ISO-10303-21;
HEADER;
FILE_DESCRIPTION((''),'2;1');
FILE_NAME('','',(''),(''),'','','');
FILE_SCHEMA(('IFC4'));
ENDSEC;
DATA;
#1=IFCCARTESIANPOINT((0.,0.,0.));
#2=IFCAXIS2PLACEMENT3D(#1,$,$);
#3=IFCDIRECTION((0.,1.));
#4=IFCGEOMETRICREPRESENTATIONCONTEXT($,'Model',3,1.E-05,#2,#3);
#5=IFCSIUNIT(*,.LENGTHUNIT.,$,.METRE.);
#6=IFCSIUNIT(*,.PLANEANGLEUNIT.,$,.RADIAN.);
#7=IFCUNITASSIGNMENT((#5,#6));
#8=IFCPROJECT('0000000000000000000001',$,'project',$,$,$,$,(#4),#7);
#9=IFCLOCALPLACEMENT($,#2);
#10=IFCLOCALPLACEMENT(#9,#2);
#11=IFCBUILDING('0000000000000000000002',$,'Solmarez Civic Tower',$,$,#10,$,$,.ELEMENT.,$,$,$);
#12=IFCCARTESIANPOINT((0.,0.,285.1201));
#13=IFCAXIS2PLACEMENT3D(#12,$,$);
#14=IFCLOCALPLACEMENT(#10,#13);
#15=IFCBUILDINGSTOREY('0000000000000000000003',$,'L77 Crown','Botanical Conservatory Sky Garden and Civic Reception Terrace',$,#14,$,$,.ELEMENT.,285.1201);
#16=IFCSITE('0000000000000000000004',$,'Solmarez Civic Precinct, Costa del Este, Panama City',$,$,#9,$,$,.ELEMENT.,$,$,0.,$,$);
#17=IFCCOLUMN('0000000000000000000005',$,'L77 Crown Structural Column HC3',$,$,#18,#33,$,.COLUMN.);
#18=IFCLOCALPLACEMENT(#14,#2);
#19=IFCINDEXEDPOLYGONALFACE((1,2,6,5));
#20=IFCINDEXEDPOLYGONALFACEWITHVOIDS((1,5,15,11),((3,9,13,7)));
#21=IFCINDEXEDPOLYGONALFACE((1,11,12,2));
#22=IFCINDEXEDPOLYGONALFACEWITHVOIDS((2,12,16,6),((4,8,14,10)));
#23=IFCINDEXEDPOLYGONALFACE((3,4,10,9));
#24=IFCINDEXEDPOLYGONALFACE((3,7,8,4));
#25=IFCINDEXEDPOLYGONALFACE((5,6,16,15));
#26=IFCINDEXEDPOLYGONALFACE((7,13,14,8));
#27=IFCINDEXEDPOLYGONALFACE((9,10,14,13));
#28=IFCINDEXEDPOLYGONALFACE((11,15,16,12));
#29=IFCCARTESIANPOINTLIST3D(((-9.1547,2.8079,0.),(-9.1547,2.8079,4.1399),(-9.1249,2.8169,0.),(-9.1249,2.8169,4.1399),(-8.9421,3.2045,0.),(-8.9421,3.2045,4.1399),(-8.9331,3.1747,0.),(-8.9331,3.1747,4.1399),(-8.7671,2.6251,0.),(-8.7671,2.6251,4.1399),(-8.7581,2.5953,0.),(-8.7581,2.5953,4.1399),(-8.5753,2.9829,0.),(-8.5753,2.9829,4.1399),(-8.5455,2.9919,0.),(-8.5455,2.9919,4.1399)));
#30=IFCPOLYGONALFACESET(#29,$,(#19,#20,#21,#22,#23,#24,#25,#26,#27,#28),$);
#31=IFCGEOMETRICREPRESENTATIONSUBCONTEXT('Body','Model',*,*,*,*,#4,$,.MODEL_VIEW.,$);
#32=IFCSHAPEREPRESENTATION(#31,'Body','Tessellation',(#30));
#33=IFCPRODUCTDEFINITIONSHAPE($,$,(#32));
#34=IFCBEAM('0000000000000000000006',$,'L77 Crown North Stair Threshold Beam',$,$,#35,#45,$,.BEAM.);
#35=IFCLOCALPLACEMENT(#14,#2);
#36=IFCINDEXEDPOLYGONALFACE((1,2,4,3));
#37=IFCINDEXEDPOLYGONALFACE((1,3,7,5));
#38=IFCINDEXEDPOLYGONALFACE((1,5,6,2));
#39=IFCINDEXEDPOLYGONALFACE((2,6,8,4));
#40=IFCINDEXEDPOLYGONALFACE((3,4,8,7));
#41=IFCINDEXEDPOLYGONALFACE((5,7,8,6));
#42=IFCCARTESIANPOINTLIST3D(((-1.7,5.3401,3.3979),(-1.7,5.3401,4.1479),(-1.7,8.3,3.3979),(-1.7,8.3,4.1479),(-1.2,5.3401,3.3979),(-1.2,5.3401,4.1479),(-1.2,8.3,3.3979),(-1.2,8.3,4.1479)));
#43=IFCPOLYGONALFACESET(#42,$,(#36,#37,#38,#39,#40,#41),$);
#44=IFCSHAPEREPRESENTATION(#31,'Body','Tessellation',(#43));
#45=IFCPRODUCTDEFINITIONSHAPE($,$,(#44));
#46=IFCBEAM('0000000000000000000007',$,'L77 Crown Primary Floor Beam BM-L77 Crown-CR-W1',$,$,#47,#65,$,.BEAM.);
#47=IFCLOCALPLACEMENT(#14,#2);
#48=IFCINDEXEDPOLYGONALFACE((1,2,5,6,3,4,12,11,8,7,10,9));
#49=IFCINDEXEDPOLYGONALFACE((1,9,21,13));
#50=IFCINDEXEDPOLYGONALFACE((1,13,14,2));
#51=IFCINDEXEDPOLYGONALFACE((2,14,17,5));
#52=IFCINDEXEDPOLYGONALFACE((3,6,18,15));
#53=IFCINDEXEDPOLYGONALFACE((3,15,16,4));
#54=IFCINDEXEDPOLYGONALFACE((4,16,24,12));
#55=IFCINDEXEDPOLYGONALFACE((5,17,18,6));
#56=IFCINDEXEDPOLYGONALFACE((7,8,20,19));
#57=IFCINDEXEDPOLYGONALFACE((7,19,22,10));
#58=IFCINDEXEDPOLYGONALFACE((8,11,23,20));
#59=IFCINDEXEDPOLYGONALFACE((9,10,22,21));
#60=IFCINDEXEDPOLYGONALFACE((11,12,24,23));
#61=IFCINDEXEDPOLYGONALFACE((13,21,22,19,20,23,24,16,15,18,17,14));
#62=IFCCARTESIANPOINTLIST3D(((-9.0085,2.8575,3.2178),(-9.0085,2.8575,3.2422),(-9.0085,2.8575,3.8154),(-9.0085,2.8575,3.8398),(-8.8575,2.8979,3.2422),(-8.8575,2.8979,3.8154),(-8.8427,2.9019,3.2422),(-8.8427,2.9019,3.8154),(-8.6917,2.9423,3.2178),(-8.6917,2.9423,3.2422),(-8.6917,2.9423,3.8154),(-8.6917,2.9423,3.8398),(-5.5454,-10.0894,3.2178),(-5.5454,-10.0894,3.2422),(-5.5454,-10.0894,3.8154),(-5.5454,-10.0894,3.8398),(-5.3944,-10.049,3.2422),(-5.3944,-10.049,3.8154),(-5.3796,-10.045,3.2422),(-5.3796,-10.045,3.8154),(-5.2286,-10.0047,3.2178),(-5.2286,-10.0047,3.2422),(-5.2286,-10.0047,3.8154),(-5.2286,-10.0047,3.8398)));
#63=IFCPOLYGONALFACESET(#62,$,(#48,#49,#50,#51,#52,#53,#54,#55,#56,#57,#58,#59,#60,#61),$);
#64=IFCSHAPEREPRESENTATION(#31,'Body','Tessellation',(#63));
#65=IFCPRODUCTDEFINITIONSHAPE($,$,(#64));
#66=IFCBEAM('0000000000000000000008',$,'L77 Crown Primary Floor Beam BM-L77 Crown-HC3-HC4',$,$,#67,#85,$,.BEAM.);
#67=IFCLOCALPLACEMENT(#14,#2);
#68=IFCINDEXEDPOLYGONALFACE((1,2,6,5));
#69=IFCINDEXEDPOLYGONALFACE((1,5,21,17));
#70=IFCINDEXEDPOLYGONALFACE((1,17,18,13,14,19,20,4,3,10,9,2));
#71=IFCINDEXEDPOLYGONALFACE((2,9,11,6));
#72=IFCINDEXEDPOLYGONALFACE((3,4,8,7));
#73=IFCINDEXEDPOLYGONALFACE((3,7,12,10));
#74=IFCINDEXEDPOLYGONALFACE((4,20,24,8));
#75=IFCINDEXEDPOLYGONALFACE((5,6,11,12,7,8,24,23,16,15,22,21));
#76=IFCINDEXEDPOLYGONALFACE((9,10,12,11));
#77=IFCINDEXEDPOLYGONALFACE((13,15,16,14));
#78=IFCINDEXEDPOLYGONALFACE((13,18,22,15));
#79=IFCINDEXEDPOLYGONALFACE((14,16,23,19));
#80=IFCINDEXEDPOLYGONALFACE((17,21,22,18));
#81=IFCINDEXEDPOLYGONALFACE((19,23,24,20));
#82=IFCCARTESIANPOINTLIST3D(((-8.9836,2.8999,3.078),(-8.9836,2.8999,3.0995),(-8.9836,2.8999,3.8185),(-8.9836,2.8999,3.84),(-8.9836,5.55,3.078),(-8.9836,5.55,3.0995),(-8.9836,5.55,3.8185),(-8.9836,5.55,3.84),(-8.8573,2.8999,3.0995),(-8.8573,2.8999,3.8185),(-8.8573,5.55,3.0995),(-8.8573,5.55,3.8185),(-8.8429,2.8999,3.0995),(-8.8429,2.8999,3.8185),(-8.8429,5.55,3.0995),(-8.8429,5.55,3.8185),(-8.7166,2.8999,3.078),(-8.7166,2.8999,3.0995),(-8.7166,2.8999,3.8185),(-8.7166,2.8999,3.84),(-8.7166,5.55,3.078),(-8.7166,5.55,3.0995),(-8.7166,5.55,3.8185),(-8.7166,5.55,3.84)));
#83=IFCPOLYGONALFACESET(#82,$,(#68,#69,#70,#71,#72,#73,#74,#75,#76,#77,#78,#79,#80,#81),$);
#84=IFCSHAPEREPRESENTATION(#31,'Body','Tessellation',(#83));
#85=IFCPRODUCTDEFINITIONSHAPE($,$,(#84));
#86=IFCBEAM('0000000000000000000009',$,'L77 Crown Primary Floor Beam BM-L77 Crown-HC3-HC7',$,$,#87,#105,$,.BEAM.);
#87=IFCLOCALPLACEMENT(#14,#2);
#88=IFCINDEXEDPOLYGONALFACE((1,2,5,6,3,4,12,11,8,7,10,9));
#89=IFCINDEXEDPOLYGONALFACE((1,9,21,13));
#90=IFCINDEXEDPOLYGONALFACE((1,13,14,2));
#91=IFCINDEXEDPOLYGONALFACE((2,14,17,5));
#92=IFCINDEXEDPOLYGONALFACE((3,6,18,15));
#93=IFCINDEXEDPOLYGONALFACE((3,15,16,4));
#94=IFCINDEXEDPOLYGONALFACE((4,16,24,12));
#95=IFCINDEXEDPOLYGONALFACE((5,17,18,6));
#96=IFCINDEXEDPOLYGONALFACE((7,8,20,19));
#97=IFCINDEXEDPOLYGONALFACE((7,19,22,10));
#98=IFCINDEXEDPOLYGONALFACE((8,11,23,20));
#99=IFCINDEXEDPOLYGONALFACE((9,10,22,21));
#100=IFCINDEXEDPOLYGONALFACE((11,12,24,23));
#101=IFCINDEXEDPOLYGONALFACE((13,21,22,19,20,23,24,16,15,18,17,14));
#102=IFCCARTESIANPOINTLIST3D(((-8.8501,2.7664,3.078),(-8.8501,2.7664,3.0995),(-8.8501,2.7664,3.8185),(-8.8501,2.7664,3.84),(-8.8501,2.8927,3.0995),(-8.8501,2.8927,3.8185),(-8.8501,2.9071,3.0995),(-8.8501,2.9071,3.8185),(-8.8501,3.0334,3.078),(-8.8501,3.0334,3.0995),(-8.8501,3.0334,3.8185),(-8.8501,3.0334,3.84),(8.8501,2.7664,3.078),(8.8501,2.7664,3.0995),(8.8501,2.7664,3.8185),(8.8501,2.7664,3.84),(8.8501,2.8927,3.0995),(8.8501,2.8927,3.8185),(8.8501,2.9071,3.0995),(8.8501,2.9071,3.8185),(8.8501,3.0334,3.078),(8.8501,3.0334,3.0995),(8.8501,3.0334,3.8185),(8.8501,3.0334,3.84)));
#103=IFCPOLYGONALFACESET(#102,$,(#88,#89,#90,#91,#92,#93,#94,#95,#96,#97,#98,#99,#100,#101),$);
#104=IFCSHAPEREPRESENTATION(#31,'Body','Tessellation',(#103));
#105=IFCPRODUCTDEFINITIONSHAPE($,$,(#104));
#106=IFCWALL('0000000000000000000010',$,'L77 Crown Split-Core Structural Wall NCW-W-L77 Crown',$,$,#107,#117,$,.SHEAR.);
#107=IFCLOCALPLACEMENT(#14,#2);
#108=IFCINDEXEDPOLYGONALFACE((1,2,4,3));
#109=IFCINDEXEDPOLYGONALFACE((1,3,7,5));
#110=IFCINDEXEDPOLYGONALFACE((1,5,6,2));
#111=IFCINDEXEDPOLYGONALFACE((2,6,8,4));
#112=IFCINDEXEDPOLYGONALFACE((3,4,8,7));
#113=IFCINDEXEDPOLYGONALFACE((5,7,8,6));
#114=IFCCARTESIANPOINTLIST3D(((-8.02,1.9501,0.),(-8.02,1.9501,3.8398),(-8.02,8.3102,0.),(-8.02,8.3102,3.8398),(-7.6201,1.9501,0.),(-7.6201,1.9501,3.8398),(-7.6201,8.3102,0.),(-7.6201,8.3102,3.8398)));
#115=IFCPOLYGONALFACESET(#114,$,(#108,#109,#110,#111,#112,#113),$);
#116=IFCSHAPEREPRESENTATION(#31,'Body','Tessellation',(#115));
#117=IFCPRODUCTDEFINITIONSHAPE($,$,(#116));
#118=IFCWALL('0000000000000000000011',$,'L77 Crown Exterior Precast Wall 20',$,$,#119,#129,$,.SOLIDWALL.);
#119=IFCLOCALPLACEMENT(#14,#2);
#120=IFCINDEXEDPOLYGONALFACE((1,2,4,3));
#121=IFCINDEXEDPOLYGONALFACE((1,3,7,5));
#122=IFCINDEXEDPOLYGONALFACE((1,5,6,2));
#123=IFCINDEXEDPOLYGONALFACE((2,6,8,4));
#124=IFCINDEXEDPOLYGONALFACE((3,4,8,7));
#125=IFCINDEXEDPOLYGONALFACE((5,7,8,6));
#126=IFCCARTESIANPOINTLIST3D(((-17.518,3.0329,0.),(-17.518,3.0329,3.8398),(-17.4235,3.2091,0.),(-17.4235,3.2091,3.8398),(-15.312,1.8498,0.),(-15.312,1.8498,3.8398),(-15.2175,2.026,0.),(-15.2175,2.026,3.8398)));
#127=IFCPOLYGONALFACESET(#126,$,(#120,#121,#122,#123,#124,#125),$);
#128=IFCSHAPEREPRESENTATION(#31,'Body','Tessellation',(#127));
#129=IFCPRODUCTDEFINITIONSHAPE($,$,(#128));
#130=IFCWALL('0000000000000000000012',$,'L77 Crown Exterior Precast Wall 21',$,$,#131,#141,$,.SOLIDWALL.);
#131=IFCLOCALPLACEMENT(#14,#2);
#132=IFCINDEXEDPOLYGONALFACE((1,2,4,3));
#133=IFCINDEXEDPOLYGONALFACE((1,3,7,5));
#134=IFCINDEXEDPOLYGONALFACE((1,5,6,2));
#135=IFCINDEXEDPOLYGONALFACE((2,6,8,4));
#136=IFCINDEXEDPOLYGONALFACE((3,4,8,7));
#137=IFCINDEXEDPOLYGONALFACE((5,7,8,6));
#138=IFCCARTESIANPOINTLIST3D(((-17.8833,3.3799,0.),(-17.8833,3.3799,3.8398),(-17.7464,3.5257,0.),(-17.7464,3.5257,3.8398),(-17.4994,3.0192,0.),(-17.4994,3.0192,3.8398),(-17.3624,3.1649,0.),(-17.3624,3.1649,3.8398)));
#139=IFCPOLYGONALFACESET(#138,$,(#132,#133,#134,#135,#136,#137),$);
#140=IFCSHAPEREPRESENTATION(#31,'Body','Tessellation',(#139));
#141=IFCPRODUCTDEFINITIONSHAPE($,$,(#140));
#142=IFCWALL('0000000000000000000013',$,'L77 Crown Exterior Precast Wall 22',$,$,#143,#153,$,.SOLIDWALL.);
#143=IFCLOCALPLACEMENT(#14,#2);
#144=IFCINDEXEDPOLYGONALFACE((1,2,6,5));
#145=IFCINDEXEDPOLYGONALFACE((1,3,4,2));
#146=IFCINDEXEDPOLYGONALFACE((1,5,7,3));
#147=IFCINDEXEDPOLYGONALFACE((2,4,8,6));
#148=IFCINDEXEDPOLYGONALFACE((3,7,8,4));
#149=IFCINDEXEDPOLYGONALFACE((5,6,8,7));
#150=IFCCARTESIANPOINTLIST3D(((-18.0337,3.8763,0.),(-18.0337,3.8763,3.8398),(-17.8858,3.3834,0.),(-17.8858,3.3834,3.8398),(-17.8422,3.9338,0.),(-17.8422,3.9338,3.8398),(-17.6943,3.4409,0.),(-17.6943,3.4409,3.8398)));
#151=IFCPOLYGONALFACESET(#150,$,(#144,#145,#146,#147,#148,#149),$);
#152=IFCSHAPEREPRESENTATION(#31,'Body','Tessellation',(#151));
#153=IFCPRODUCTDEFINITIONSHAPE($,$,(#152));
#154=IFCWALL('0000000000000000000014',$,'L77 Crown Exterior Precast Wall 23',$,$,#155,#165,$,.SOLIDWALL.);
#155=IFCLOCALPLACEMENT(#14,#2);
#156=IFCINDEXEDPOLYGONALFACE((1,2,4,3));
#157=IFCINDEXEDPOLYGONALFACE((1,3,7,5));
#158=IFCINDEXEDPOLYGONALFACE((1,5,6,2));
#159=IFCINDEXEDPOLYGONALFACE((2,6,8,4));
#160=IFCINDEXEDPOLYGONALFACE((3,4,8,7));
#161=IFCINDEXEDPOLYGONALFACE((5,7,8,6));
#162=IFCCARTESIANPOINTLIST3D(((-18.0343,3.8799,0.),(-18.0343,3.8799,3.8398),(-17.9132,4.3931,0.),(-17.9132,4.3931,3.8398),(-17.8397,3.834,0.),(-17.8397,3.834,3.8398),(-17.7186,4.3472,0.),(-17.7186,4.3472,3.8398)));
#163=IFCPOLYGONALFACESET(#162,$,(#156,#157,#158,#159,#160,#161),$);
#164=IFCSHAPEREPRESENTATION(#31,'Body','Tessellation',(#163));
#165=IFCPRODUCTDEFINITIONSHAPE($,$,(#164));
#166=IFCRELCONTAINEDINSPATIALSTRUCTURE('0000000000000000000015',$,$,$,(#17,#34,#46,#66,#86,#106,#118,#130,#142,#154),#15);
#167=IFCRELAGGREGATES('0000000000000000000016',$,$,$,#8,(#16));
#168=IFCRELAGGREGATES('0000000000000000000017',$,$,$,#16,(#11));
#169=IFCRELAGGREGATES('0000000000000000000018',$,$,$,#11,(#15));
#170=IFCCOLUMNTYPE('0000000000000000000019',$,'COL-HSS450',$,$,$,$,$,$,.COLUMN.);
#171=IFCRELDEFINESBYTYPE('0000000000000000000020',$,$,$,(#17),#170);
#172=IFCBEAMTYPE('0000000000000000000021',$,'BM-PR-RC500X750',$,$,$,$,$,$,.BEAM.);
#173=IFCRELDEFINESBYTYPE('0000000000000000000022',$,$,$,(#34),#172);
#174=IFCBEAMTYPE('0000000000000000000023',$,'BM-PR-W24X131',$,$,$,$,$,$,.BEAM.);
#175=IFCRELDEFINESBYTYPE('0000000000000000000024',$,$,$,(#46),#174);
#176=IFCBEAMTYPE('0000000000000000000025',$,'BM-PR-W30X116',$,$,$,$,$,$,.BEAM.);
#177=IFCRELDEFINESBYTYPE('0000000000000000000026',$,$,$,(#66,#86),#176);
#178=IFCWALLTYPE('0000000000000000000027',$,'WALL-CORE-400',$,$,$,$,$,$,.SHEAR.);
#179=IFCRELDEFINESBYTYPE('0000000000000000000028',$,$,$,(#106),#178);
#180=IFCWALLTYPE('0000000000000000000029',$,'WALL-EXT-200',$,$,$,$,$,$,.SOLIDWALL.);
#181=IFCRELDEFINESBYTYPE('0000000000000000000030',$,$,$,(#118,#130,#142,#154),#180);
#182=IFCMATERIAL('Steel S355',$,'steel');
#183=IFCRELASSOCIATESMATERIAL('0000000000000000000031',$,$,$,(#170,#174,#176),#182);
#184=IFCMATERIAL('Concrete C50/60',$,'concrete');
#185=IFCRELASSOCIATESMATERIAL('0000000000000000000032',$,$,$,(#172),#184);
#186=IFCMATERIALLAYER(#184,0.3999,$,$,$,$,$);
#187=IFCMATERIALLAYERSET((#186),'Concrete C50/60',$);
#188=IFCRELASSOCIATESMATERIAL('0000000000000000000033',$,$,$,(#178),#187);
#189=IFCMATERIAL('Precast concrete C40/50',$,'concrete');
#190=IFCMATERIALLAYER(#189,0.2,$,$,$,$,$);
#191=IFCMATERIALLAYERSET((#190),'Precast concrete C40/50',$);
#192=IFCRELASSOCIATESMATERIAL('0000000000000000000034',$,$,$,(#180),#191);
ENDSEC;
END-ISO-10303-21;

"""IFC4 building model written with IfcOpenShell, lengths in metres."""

from ifc_helpers import new_model, si_unit, direction, frame, frame_2d, origin, origin_2d, place, context, subcontext, project, spatial, rectangle, hollow_rectangle, i_section, extrude, material, layer, layer_set, material_profile, profile_set, type_object, element, save


model = new_model("IFC4")

# Units and contexts
model_context = context("Model", 3, precision=1e-05, world=origin(), true_north=direction((0.0, 1.0)))
body_context = subcontext(model_context, "Body", "Model", "MODEL_VIEW")
ifc_project = project(units=[si_unit("LENGTHUNIT", "METRE"), si_unit("PLANEANGLEUNIT", "RADIAN")], contexts=[model_context])

# Site, building, storey
site_placement = place(None, origin())
site = spatial("IfcSite", under=ifc_project, at=site_placement, Name="Solmarez Civic Precinct, Costa del Este, Panama City", CompositionType="ELEMENT", RefElevation=0.0)
building_placement = place(site_placement, origin())
building = spatial("IfcBuilding", under=site, at=building_placement, Name="Solmarez Civic Tower", CompositionType="ELEMENT")
storey_placement = place(building_placement, frame((0.0, 0.0, 285.1201)))
storey = spatial("IfcBuildingStorey", under=building, at=storey_placement, Name="L77 Crown", Description="Botanical Conservatory Sky Garden and Civic Reception Terrace", CompositionType="ELEMENT", Elevation=285.1201)

# Column
ifc_material_1 = material(Name="Steel S355", Category="steel")
ifc_material_profile_1 = material_profile(ifc_material_1, hollow_rectangle(XDim=0.45, YDim=0.45, WallThickness=0.022, at=origin_2d()), Name="HSS450X450X22")
ifc_profile_set_1 = profile_set([ifc_material_profile_1], Name="Steel S355")
column_type = type_object("IfcColumnType", Name="COL-HSS450", PredefinedType="COLUMN", material=ifc_profile_set_1)
column_placement = place(storey_placement, frame((-8.8501, 2.8999, 0.0), z_axis=(0.0, 0.0, 1.0), x_axis=(0.472551, 0.881303, 0.0)))
element("IfcColumn", 1, at=column_placement, inside=storey, type_object=column_type, Name="L77 Crown Structural Column HC3", PredefinedType="COLUMN", context=body_context, shape_type="SweptSolid", body=[
    extrude(hollow_rectangle(XDim=0.45, YDim=0.45, WallThickness=0.022, at=origin_2d()), origin(), (0.0, 0.0, 1.0), 4.1399),
])

# Beams
ifc_material_2 = material(Name="Concrete C50/60", Category="concrete")
ifc_material_profile_2 = material_profile(ifc_material_2, rectangle(XDim=0.5, YDim=0.75, at=origin_2d()), Name="RC500X750")
ifc_profile_set_2 = profile_set([ifc_material_profile_2], Name="Concrete C50/60")
beam_type_1 = type_object("IfcBeamType", Name="BM-PR-RC500X750", PredefinedType="BEAM", material=ifc_profile_set_2)
beam_1_placement = place(storey_placement, frame((-1.45, 5.3401, 3.7729), z_axis=(0.0, 1.0, 0.0), x_axis=(-1.0, 0.0, 0.0)))
element("IfcBeam", 2, at=beam_1_placement, inside=storey, type_object=beam_type_1, Name="L77 Crown North Stair Threshold Beam", PredefinedType="BEAM", context=body_context, shape_type="SweptSolid", body=[
    extrude(rectangle(XDim=0.5, YDim=0.75, at=origin_2d()), origin(), (0.0, 0.0, 1.0), 2.96),
])
ifc_material_profile_3 = material_profile(ifc_material_1, i_section(OverallWidth=0.3279, OverallDepth=0.6221, WebThickness=0.0154, FlangeThickness=0.0244, at=origin_2d()), Name="W24X131")
ifc_profile_set_3 = profile_set([ifc_material_profile_3], Name="Steel S355")
beam_type_2 = type_object("IfcBeamType", Name="BM-PR-W24X131", PredefinedType="BEAM", material=ifc_profile_set_3)
beam_2_placement = place(storey_placement, frame((-8.8501, 2.8999, 3.5288), z_axis=(0.258401, -0.966038, 0.0), x_axis=(0.966038, 0.258401, 0.0)))
element("IfcBeam", 3, at=beam_2_placement, inside=storey, type_object=beam_type_2, Name="L77 Crown Primary Floor Beam BM-L77 Crown-CR-W1", PredefinedType="BEAM", context=body_context, shape_type="SweptSolid", body=[
    extrude(i_section(OverallWidth=0.3279, OverallDepth=0.6221, WebThickness=0.0154, FlangeThickness=0.0244, at=origin_2d()), origin(), (0.0, 0.0, 1.0), 13.4021),
])
ifc_material_profile_4 = material_profile(ifc_material_1, i_section(OverallWidth=0.2671, OverallDepth=0.762, WebThickness=0.0144, FlangeThickness=0.0215, at=origin_2d()), Name="W30X116")
ifc_profile_set_4 = profile_set([ifc_material_profile_4], Name="Steel S355")
beam_type_3 = type_object("IfcBeamType", Name="BM-PR-W30X116", PredefinedType="BEAM", material=ifc_profile_set_4)
beam_3_placement = place(storey_placement, frame((-8.8501, 2.8999, 3.459), z_axis=(0.0, 1.0, 0.0), x_axis=(-1.0, 0.0, 0.0)))
element("IfcBeam", 4, at=beam_3_placement, inside=storey, type_object=beam_type_3, Name="L77 Crown Primary Floor Beam BM-L77 Crown-HC3-HC4", PredefinedType="BEAM", context=body_context, shape_type="SweptSolid", body=[
    extrude(i_section(OverallWidth=0.2671, OverallDepth=0.762, WebThickness=0.0144, FlangeThickness=0.0215, at=origin_2d()), origin(), (0.0, 0.0, 1.0), 2.6501),
])
beam_4_placement = place(storey_placement, frame((-8.8501, 2.8999, 3.459), z_axis=(1.0, 0.0, 0.0), x_axis=(0.0, 1.0, 0.0)))
element("IfcBeam", 5, at=beam_4_placement, inside=storey, type_object=beam_type_3, Name="L77 Crown Primary Floor Beam BM-L77 Crown-HC3-HC7", PredefinedType="BEAM", context=body_context, shape_type="SweptSolid", body=[
    extrude(i_section(OverallWidth=0.2671, OverallDepth=0.762, WebThickness=0.0144, FlangeThickness=0.0215, at=origin_2d()), origin(), (0.0, 0.0, 1.0), 17.7002),
])

# Walls
ifc_layer_1 = layer(ifc_material_2, 0.3999)
ifc_layer_set_1 = layer_set([ifc_layer_1], Name="Concrete C50/60")
wall_type_1 = type_object("IfcWallType", Name="WALL-CORE-400", PredefinedType="SHEAR", material=ifc_layer_set_1)
wall_1_placement = place(storey_placement, frame((-7.8201, 1.95, 0.0), z_axis=(0.0, 0.0, 1.0), x_axis=(0.0, 1.0, 0.0)))
element("IfcWall", 6, at=wall_1_placement, inside=storey, type_object=wall_type_1, Name="L77 Crown Split-Core Structural Wall NCW-W-L77 Crown", PredefinedType="SHEAR", context=body_context, shape_type="SweptSolid", body=[
    extrude(rectangle(XDim=6.3601, YDim=0.3999, at=frame_2d((3.1802, 0.0))), origin(), (0.0, 0.0, 1.0), 3.8398),
])
ifc_material_3 = material(Name="Precast concrete C40/50", Category="concrete")
ifc_layer_2 = layer(ifc_material_3, 0.2)
ifc_layer_set_2 = layer_set([ifc_layer_2], Name="Precast concrete C40/50")
wall_type_2 = type_object("IfcWallType", Name="WALL-EXT-200", PredefinedType="SOLIDWALL", material=ifc_layer_set_2)
wall_2_placement = place(storey_placement, frame((-15.2649, 1.938, 0.0), z_axis=(0.0, 0.0, 1.0), x_axis=(-0.881265, 0.472622, 0.0)))
element("IfcWall", 7, at=wall_2_placement, inside=storey, type_object=wall_type_2, Name="L77 Crown Exterior Precast Wall 20", PredefinedType="SOLIDWALL", context=body_context, shape_type="SweptSolid", body=[
    extrude(rectangle(XDim=2.5032, YDim=0.2, at=frame_2d((1.2515, 0.0))), origin(), (0.0, 0.0, 1.0), 3.8398),
])
wall_3_placement = place(storey_placement, frame((-17.4309, 3.092, 0.0), z_axis=(0.0, 0.0, 1.0), x_axis=(-0.728771, 0.684757, 0.0)))
element("IfcWall", 8, at=wall_3_placement, inside=storey, type_object=wall_type_2, Name="L77 Crown Exterior Precast Wall 21", PredefinedType="SOLIDWALL", context=body_context, shape_type="SweptSolid", body=[
    extrude(rectangle(XDim=0.5269, YDim=0.2, at=frame_2d((0.2634, 0.0))), origin(), (0.0, 0.0, 1.0), 3.8398),
])
wall_4_placement = place(storey_placement, frame((-17.79, 3.4121, 0.0), z_axis=(0.0, 0.0, 1.0), x_axis=(-0.287478, 0.957787, 0.0)))
element("IfcWall", 9, at=wall_4_placement, inside=storey, type_object=wall_type_2, Name="L77 Crown Exterior Precast Wall 22", PredefinedType="SOLIDWALL", context=body_context, shape_type="SweptSolid", body=[
    extrude(rectangle(XDim=0.5146, YDim=0.2, at=frame_2d((0.2573, 0.0))), origin(), (0.0, 0.0, 1.0), 3.8398),
])
wall_5_placement = place(storey_placement, frame((-17.937, 3.8569, 0.0), z_axis=(0.0, 0.0, 1.0), x_axis=(0.229659, 0.973271, 0.0)))
element("IfcWall", 10, at=wall_5_placement, inside=storey, type_object=wall_type_2, Name="L77 Crown Exterior Precast Wall 23", PredefinedType="SOLIDWALL", context=body_context, shape_type="SweptSolid", body=[
    extrude(rectangle(XDim=0.5273, YDim=0.2, at=frame_2d((0.2637, 0.0))), origin(), (0.0, 0.0, 1.0), 3.8398),
])

save(model, "model.ifc")
